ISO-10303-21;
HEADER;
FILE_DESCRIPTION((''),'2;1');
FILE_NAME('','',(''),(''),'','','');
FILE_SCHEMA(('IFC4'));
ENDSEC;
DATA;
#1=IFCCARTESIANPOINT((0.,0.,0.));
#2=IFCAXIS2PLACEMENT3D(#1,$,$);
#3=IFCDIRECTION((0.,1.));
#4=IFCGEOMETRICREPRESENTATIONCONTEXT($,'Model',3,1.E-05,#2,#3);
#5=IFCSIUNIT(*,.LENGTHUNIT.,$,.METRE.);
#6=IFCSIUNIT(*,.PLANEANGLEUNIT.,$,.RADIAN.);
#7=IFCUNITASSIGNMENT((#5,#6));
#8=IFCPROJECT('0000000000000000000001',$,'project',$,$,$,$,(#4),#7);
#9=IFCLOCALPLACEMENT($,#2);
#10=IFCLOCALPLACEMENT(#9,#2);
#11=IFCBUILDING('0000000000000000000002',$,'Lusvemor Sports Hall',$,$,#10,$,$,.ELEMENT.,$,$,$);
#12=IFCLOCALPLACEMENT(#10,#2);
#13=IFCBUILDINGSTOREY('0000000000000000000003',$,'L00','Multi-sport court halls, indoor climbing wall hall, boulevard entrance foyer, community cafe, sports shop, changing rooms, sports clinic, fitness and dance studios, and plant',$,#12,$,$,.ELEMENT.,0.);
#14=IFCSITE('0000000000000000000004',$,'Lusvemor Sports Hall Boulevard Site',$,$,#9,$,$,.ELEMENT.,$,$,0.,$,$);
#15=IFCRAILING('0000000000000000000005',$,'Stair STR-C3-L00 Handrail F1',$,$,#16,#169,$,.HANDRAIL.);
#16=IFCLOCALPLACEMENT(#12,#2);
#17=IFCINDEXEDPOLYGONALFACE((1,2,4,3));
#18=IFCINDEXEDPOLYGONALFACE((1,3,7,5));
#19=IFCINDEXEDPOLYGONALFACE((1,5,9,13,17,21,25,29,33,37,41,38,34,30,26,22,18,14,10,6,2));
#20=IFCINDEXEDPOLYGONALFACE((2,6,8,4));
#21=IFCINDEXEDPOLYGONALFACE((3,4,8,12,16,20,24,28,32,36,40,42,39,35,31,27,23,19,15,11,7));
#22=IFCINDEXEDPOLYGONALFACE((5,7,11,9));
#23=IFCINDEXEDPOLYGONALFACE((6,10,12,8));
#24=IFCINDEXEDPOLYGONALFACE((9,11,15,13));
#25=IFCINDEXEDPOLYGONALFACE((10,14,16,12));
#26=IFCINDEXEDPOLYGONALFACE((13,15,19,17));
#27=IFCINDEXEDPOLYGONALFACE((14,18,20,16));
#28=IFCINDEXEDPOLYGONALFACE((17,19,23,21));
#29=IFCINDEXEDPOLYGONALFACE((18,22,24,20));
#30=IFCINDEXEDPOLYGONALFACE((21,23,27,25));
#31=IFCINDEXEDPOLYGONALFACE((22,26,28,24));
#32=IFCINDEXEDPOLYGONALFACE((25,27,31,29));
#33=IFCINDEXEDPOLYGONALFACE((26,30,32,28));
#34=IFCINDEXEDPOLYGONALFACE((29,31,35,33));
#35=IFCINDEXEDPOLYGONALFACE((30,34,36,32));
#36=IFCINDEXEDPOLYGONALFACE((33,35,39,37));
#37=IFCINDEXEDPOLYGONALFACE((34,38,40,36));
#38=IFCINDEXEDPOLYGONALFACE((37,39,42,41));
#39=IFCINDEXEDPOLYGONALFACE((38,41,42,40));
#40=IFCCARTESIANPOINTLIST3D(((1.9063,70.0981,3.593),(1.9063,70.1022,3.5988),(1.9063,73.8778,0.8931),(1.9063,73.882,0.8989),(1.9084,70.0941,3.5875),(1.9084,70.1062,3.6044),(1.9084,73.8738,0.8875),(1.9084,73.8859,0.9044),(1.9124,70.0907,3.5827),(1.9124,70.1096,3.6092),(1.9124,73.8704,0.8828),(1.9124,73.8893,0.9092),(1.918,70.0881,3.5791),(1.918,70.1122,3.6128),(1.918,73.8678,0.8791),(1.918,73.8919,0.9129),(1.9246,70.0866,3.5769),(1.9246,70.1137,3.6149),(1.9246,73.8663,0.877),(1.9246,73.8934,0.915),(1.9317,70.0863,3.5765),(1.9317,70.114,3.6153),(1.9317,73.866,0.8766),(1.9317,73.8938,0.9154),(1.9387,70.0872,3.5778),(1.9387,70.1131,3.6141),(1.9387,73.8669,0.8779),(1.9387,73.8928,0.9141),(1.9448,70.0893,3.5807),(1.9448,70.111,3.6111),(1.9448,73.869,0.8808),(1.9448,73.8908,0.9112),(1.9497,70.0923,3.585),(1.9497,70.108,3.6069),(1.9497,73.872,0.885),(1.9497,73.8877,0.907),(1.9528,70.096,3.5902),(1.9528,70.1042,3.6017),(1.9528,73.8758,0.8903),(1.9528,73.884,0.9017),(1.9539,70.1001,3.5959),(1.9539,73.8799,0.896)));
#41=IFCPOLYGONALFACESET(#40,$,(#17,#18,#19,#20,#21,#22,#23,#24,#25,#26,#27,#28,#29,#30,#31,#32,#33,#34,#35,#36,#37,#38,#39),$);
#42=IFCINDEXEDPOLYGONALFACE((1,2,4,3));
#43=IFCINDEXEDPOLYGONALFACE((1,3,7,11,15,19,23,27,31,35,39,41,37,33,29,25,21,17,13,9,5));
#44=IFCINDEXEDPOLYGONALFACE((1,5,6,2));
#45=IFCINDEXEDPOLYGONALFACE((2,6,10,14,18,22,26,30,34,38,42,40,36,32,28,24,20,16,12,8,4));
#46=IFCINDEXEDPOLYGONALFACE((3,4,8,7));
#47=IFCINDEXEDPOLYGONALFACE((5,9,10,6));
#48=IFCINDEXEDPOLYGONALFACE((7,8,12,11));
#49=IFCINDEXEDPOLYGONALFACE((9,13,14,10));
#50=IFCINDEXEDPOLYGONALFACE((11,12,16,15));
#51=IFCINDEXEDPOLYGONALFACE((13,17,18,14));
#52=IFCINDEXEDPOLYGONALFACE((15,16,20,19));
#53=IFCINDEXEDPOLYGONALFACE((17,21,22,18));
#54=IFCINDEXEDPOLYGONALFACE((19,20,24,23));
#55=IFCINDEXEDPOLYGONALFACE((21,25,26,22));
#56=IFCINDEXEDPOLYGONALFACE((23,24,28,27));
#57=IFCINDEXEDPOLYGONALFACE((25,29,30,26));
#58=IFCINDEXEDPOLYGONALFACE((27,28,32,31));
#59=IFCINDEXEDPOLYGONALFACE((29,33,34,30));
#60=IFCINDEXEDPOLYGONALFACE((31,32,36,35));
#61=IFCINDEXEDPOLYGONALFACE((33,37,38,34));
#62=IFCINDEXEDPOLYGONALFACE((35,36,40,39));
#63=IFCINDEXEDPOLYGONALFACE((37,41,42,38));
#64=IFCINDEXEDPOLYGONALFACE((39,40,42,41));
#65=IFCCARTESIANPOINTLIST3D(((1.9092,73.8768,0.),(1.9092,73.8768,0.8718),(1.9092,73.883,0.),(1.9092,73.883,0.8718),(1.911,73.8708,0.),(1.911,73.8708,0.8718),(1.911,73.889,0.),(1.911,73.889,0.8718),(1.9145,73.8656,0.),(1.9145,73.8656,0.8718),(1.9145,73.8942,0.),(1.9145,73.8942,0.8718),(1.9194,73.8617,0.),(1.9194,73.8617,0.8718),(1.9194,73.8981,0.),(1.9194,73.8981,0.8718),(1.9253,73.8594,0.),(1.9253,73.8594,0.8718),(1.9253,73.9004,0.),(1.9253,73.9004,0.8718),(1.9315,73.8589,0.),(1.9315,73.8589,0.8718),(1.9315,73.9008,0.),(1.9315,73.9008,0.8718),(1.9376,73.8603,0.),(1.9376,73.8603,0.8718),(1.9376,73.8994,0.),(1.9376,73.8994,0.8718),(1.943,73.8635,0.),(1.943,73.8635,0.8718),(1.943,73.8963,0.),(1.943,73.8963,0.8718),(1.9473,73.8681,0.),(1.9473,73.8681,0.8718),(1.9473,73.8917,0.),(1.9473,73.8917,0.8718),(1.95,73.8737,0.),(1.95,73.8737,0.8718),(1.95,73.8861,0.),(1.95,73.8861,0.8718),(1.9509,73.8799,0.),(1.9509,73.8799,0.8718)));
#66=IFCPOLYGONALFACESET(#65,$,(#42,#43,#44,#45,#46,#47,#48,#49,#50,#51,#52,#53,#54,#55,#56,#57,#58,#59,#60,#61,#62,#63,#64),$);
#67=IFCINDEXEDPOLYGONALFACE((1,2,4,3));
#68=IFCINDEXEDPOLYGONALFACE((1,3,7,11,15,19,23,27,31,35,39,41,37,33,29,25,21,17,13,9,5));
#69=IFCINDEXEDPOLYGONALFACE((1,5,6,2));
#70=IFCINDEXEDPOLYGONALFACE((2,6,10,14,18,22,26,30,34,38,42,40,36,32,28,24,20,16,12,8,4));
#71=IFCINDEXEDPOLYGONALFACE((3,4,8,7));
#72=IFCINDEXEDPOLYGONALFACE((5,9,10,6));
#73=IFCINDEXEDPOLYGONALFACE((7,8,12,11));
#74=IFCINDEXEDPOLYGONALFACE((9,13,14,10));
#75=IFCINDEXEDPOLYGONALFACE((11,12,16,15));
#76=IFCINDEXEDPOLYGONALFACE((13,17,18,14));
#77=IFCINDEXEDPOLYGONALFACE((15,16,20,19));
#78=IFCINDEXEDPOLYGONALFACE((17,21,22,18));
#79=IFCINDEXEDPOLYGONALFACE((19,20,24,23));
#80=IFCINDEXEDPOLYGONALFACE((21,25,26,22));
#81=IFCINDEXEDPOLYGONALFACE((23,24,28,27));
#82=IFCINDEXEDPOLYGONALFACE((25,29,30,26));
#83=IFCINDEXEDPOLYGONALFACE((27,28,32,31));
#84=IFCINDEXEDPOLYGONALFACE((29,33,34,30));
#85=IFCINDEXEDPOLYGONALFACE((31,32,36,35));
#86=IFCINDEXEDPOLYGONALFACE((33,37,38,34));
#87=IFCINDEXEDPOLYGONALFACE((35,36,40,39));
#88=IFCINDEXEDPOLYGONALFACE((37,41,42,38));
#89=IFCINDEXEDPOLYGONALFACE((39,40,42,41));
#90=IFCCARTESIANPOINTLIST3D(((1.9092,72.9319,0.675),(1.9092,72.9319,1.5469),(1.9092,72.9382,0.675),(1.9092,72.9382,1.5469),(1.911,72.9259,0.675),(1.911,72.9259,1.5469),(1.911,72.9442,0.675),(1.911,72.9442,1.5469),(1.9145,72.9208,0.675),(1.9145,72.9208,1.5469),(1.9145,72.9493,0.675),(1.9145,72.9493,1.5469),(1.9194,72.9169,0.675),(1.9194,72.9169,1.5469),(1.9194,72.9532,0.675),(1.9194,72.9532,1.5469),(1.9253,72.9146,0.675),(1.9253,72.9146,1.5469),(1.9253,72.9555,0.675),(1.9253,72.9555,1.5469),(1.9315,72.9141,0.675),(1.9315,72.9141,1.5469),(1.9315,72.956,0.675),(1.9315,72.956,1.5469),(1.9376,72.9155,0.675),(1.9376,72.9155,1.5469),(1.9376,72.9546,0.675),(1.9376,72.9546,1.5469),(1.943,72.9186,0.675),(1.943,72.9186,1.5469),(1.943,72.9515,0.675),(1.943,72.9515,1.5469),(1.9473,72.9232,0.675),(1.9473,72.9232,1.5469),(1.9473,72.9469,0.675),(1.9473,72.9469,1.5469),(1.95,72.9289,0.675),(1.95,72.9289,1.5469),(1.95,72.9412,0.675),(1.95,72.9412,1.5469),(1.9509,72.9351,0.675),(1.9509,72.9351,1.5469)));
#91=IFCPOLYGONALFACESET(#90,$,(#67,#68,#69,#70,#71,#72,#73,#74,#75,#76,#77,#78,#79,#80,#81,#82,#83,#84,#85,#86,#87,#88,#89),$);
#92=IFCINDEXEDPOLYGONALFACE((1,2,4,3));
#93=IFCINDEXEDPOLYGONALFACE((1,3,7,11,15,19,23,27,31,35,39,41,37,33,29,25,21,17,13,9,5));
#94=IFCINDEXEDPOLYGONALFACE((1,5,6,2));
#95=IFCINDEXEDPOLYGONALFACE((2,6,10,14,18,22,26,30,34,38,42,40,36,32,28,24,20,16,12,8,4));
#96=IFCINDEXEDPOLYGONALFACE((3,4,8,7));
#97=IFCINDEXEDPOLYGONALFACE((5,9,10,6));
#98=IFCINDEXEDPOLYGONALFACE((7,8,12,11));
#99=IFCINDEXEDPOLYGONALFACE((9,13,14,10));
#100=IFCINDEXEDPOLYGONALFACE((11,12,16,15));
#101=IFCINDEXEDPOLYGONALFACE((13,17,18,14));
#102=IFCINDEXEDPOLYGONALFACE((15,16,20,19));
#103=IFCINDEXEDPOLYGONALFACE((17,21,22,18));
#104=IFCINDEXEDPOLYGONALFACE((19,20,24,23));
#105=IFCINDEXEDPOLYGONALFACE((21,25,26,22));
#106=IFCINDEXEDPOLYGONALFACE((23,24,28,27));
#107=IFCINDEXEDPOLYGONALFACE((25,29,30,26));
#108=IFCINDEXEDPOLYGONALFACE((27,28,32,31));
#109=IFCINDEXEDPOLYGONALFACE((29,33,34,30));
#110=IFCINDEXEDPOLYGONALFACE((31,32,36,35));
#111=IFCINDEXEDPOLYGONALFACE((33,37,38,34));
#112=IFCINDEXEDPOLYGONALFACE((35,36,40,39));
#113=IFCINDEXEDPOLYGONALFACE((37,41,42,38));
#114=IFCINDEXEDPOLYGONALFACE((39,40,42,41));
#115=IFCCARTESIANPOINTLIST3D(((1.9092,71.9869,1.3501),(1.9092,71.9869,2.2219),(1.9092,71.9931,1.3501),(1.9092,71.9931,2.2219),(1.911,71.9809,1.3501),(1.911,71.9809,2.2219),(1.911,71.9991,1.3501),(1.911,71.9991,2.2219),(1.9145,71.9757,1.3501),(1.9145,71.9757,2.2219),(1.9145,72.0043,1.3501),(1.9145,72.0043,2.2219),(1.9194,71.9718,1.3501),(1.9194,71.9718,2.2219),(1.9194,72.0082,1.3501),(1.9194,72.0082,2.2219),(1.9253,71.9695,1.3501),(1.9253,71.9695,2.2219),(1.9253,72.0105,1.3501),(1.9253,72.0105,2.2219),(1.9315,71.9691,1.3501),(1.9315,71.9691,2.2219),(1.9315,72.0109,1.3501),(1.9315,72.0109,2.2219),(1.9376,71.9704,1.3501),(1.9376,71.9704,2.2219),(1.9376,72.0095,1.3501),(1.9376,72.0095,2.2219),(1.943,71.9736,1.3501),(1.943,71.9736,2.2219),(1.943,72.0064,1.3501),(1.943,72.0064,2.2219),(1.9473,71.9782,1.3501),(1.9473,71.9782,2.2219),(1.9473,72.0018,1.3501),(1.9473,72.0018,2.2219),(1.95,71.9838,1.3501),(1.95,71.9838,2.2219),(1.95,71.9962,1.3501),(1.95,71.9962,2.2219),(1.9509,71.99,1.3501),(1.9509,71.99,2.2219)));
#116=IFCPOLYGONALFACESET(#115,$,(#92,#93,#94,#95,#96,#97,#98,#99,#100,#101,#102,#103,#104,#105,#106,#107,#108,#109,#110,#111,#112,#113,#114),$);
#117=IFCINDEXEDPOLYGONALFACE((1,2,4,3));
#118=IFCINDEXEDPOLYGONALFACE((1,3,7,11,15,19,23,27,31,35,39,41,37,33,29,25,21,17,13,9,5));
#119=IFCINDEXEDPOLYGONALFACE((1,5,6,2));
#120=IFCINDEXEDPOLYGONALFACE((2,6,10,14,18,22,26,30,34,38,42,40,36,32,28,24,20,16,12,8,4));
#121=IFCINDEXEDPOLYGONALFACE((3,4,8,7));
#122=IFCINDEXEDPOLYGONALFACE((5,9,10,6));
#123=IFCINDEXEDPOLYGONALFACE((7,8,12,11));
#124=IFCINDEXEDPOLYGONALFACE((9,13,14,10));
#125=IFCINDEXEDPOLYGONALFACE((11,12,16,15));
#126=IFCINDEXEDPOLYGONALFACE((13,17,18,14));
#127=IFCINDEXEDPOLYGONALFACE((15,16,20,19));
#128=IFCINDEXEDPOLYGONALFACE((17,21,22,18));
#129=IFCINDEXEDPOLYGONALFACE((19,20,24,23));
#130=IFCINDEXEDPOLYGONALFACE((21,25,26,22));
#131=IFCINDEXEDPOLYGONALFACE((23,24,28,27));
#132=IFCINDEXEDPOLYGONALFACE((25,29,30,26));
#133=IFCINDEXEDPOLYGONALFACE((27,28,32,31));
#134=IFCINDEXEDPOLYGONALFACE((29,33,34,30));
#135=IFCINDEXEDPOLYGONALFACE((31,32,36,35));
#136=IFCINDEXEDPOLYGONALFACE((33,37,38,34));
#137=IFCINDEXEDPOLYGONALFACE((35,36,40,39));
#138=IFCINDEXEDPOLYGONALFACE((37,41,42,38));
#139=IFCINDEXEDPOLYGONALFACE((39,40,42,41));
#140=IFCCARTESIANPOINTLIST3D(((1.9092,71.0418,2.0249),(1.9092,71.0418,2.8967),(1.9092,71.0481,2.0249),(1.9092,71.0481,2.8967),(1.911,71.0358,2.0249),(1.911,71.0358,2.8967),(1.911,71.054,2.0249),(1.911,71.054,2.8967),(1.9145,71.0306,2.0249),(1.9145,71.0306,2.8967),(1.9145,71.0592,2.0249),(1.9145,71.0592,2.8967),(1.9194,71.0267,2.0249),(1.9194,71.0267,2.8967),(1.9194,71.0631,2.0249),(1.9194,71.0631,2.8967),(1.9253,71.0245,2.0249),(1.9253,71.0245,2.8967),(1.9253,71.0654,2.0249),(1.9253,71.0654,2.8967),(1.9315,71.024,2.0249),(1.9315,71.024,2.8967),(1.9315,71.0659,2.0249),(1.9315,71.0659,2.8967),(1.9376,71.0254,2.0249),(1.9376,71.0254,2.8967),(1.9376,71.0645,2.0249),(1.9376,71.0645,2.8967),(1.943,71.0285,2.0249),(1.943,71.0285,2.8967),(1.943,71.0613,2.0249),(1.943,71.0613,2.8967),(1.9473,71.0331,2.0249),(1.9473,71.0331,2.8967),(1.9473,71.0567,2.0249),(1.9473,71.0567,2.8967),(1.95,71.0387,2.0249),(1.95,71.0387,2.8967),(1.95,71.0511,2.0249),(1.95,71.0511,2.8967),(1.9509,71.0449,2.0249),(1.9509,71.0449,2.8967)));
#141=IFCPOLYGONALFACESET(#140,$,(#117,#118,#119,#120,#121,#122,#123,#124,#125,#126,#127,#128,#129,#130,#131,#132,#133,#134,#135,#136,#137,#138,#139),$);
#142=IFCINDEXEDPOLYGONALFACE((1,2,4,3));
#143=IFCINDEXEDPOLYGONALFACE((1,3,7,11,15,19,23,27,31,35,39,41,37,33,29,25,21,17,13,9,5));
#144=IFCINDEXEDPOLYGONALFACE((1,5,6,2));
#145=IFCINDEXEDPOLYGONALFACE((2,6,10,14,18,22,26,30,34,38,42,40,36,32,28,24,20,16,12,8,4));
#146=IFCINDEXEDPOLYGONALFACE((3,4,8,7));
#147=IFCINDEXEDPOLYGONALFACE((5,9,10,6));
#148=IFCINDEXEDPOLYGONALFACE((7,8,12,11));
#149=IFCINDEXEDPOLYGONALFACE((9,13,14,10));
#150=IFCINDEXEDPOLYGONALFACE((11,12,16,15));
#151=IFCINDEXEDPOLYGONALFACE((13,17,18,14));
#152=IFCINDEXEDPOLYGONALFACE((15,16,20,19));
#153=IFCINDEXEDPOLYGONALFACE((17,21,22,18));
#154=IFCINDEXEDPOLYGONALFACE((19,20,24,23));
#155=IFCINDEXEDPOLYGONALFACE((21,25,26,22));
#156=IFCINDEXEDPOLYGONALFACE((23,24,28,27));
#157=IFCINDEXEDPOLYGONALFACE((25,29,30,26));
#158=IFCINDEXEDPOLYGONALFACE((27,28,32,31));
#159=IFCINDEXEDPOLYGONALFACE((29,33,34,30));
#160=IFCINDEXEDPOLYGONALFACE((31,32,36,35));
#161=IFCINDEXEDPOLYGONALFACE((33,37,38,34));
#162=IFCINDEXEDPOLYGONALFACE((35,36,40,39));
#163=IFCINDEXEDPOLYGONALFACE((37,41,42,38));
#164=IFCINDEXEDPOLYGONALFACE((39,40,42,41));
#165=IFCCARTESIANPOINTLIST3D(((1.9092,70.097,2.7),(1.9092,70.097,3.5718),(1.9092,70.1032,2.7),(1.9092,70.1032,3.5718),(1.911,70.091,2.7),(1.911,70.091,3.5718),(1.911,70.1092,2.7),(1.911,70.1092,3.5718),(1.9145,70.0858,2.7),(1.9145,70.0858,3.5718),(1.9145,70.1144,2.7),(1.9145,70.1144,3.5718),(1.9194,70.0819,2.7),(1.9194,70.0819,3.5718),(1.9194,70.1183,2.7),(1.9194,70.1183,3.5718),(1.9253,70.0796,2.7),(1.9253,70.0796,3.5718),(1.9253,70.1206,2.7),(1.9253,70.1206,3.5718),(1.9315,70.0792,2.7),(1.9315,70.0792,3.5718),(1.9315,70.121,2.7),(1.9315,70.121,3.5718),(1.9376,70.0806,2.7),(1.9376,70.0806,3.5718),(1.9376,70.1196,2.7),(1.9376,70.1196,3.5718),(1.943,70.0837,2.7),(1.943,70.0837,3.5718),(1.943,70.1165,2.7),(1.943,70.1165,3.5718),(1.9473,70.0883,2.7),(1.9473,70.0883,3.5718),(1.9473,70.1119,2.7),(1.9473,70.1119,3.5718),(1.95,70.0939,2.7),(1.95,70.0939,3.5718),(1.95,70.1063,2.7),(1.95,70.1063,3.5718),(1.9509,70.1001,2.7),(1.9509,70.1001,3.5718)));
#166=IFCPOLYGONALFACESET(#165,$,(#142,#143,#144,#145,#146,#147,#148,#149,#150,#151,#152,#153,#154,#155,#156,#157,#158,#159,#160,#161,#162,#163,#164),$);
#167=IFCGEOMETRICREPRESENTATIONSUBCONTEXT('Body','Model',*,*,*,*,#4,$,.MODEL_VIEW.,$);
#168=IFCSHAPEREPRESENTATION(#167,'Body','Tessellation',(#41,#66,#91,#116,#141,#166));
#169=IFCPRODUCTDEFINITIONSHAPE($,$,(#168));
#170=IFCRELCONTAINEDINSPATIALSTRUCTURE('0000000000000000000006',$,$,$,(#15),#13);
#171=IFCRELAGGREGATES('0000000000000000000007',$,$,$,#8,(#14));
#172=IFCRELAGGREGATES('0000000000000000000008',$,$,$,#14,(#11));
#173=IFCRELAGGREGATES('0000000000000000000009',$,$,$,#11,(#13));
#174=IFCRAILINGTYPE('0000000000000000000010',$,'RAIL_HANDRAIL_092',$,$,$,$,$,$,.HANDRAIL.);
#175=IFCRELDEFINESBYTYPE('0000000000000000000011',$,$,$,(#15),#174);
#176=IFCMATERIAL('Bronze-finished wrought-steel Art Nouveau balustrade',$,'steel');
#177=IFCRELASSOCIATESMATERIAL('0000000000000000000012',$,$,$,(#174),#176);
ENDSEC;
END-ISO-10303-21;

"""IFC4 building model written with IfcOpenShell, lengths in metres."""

from ifc_helpers import new_model, si_unit, direction, frame, origin, origin_2d, place, context, subcontext, project, spatial, circle, extrude, material, type_object, element, save


model = new_model("IFC4")

# Units and contexts
model_context = context("Model", 3, precision=1e-05, world=origin(), true_north=direction((0.0, 1.0)))
body_context = subcontext(model_context, "Body", "Model", "MODEL_VIEW")
ifc_project = project(units=[si_unit("LENGTHUNIT", "METRE"), si_unit("PLANEANGLEUNIT", "RADIAN")], contexts=[model_context])

# Site, building, storey
site_placement = place(None, origin())
site = spatial("IfcSite", under=ifc_project, at=site_placement, Name="Lusvemor Sports Hall Boulevard Site", CompositionType="ELEMENT", RefElevation=0.0)
building_placement = place(site_placement, origin())
building = spatial("IfcBuilding", under=site, at=building_placement, Name="Lusvemor Sports Hall", CompositionType="ELEMENT")
storey_placement = place(building_placement, origin())
storey = spatial("IfcBuildingStorey", under=building, at=storey_placement, Name="L00", Description="Multi-sport court halls, indoor climbing wall hall, boulevard entrance foyer, community cafe, sports shop, changing rooms, sports clinic, fitness and dance studios, and plant", CompositionType="ELEMENT", Elevation=0.0)

# Railing
ifc_material_1 = material(Name="Bronze-finished wrought-steel Art Nouveau balustrade", Category="steel")
railing_type_1 = type_object("IfcRailingType", Name="RAIL_HANDRAIL_092", PredefinedType="HANDRAIL", material=ifc_material_1)
railing_1_placement = place(storey_placement, frame((1.9299, 73.8799, 0.0)))
element("IfcRailing", 1, at=railing_1_placement, inside=storey, type_object=railing_type_1, Name="Stair STR-C3-L00 Handrail F1", PredefinedType="HANDRAIL", context=body_context, shape_type="SweptSolid", body=[
    extrude(circle(Radius=0.0239, at=origin_2d()), frame((0.0, 0.0, 0.896), z_axis=(0.0, -0.813723, 0.581253), x_axis=(1.0, 0.0, 0.0)), (0.0, 0.0, 1.0), 4.645),
    extrude(circle(Radius=0.021, at=origin_2d()), origin(), (0.0, 0.0, 1.0), 0.8718),
    extrude(circle(Radius=0.021, at=origin_2d()), frame((0.0, -0.9448, 0.675)), (0.0, 0.0, 1.0), 0.8718),
    extrude(circle(Radius=0.021, at=origin_2d()), frame((0.0, -1.8899, 1.3501)), (0.0, 0.0, 1.0), 0.8718),
    extrude(circle(Radius=0.021, at=origin_2d()), frame((0.0, -2.835, 2.0249)), (0.0, 0.0, 1.0), 0.8718),
    extrude(circle(Radius=0.021, at=origin_2d()), frame((0.0, -3.7798, 2.7)), (0.0, 0.0, 1.0), 0.8718),
])

save(model, "model.ifc")
